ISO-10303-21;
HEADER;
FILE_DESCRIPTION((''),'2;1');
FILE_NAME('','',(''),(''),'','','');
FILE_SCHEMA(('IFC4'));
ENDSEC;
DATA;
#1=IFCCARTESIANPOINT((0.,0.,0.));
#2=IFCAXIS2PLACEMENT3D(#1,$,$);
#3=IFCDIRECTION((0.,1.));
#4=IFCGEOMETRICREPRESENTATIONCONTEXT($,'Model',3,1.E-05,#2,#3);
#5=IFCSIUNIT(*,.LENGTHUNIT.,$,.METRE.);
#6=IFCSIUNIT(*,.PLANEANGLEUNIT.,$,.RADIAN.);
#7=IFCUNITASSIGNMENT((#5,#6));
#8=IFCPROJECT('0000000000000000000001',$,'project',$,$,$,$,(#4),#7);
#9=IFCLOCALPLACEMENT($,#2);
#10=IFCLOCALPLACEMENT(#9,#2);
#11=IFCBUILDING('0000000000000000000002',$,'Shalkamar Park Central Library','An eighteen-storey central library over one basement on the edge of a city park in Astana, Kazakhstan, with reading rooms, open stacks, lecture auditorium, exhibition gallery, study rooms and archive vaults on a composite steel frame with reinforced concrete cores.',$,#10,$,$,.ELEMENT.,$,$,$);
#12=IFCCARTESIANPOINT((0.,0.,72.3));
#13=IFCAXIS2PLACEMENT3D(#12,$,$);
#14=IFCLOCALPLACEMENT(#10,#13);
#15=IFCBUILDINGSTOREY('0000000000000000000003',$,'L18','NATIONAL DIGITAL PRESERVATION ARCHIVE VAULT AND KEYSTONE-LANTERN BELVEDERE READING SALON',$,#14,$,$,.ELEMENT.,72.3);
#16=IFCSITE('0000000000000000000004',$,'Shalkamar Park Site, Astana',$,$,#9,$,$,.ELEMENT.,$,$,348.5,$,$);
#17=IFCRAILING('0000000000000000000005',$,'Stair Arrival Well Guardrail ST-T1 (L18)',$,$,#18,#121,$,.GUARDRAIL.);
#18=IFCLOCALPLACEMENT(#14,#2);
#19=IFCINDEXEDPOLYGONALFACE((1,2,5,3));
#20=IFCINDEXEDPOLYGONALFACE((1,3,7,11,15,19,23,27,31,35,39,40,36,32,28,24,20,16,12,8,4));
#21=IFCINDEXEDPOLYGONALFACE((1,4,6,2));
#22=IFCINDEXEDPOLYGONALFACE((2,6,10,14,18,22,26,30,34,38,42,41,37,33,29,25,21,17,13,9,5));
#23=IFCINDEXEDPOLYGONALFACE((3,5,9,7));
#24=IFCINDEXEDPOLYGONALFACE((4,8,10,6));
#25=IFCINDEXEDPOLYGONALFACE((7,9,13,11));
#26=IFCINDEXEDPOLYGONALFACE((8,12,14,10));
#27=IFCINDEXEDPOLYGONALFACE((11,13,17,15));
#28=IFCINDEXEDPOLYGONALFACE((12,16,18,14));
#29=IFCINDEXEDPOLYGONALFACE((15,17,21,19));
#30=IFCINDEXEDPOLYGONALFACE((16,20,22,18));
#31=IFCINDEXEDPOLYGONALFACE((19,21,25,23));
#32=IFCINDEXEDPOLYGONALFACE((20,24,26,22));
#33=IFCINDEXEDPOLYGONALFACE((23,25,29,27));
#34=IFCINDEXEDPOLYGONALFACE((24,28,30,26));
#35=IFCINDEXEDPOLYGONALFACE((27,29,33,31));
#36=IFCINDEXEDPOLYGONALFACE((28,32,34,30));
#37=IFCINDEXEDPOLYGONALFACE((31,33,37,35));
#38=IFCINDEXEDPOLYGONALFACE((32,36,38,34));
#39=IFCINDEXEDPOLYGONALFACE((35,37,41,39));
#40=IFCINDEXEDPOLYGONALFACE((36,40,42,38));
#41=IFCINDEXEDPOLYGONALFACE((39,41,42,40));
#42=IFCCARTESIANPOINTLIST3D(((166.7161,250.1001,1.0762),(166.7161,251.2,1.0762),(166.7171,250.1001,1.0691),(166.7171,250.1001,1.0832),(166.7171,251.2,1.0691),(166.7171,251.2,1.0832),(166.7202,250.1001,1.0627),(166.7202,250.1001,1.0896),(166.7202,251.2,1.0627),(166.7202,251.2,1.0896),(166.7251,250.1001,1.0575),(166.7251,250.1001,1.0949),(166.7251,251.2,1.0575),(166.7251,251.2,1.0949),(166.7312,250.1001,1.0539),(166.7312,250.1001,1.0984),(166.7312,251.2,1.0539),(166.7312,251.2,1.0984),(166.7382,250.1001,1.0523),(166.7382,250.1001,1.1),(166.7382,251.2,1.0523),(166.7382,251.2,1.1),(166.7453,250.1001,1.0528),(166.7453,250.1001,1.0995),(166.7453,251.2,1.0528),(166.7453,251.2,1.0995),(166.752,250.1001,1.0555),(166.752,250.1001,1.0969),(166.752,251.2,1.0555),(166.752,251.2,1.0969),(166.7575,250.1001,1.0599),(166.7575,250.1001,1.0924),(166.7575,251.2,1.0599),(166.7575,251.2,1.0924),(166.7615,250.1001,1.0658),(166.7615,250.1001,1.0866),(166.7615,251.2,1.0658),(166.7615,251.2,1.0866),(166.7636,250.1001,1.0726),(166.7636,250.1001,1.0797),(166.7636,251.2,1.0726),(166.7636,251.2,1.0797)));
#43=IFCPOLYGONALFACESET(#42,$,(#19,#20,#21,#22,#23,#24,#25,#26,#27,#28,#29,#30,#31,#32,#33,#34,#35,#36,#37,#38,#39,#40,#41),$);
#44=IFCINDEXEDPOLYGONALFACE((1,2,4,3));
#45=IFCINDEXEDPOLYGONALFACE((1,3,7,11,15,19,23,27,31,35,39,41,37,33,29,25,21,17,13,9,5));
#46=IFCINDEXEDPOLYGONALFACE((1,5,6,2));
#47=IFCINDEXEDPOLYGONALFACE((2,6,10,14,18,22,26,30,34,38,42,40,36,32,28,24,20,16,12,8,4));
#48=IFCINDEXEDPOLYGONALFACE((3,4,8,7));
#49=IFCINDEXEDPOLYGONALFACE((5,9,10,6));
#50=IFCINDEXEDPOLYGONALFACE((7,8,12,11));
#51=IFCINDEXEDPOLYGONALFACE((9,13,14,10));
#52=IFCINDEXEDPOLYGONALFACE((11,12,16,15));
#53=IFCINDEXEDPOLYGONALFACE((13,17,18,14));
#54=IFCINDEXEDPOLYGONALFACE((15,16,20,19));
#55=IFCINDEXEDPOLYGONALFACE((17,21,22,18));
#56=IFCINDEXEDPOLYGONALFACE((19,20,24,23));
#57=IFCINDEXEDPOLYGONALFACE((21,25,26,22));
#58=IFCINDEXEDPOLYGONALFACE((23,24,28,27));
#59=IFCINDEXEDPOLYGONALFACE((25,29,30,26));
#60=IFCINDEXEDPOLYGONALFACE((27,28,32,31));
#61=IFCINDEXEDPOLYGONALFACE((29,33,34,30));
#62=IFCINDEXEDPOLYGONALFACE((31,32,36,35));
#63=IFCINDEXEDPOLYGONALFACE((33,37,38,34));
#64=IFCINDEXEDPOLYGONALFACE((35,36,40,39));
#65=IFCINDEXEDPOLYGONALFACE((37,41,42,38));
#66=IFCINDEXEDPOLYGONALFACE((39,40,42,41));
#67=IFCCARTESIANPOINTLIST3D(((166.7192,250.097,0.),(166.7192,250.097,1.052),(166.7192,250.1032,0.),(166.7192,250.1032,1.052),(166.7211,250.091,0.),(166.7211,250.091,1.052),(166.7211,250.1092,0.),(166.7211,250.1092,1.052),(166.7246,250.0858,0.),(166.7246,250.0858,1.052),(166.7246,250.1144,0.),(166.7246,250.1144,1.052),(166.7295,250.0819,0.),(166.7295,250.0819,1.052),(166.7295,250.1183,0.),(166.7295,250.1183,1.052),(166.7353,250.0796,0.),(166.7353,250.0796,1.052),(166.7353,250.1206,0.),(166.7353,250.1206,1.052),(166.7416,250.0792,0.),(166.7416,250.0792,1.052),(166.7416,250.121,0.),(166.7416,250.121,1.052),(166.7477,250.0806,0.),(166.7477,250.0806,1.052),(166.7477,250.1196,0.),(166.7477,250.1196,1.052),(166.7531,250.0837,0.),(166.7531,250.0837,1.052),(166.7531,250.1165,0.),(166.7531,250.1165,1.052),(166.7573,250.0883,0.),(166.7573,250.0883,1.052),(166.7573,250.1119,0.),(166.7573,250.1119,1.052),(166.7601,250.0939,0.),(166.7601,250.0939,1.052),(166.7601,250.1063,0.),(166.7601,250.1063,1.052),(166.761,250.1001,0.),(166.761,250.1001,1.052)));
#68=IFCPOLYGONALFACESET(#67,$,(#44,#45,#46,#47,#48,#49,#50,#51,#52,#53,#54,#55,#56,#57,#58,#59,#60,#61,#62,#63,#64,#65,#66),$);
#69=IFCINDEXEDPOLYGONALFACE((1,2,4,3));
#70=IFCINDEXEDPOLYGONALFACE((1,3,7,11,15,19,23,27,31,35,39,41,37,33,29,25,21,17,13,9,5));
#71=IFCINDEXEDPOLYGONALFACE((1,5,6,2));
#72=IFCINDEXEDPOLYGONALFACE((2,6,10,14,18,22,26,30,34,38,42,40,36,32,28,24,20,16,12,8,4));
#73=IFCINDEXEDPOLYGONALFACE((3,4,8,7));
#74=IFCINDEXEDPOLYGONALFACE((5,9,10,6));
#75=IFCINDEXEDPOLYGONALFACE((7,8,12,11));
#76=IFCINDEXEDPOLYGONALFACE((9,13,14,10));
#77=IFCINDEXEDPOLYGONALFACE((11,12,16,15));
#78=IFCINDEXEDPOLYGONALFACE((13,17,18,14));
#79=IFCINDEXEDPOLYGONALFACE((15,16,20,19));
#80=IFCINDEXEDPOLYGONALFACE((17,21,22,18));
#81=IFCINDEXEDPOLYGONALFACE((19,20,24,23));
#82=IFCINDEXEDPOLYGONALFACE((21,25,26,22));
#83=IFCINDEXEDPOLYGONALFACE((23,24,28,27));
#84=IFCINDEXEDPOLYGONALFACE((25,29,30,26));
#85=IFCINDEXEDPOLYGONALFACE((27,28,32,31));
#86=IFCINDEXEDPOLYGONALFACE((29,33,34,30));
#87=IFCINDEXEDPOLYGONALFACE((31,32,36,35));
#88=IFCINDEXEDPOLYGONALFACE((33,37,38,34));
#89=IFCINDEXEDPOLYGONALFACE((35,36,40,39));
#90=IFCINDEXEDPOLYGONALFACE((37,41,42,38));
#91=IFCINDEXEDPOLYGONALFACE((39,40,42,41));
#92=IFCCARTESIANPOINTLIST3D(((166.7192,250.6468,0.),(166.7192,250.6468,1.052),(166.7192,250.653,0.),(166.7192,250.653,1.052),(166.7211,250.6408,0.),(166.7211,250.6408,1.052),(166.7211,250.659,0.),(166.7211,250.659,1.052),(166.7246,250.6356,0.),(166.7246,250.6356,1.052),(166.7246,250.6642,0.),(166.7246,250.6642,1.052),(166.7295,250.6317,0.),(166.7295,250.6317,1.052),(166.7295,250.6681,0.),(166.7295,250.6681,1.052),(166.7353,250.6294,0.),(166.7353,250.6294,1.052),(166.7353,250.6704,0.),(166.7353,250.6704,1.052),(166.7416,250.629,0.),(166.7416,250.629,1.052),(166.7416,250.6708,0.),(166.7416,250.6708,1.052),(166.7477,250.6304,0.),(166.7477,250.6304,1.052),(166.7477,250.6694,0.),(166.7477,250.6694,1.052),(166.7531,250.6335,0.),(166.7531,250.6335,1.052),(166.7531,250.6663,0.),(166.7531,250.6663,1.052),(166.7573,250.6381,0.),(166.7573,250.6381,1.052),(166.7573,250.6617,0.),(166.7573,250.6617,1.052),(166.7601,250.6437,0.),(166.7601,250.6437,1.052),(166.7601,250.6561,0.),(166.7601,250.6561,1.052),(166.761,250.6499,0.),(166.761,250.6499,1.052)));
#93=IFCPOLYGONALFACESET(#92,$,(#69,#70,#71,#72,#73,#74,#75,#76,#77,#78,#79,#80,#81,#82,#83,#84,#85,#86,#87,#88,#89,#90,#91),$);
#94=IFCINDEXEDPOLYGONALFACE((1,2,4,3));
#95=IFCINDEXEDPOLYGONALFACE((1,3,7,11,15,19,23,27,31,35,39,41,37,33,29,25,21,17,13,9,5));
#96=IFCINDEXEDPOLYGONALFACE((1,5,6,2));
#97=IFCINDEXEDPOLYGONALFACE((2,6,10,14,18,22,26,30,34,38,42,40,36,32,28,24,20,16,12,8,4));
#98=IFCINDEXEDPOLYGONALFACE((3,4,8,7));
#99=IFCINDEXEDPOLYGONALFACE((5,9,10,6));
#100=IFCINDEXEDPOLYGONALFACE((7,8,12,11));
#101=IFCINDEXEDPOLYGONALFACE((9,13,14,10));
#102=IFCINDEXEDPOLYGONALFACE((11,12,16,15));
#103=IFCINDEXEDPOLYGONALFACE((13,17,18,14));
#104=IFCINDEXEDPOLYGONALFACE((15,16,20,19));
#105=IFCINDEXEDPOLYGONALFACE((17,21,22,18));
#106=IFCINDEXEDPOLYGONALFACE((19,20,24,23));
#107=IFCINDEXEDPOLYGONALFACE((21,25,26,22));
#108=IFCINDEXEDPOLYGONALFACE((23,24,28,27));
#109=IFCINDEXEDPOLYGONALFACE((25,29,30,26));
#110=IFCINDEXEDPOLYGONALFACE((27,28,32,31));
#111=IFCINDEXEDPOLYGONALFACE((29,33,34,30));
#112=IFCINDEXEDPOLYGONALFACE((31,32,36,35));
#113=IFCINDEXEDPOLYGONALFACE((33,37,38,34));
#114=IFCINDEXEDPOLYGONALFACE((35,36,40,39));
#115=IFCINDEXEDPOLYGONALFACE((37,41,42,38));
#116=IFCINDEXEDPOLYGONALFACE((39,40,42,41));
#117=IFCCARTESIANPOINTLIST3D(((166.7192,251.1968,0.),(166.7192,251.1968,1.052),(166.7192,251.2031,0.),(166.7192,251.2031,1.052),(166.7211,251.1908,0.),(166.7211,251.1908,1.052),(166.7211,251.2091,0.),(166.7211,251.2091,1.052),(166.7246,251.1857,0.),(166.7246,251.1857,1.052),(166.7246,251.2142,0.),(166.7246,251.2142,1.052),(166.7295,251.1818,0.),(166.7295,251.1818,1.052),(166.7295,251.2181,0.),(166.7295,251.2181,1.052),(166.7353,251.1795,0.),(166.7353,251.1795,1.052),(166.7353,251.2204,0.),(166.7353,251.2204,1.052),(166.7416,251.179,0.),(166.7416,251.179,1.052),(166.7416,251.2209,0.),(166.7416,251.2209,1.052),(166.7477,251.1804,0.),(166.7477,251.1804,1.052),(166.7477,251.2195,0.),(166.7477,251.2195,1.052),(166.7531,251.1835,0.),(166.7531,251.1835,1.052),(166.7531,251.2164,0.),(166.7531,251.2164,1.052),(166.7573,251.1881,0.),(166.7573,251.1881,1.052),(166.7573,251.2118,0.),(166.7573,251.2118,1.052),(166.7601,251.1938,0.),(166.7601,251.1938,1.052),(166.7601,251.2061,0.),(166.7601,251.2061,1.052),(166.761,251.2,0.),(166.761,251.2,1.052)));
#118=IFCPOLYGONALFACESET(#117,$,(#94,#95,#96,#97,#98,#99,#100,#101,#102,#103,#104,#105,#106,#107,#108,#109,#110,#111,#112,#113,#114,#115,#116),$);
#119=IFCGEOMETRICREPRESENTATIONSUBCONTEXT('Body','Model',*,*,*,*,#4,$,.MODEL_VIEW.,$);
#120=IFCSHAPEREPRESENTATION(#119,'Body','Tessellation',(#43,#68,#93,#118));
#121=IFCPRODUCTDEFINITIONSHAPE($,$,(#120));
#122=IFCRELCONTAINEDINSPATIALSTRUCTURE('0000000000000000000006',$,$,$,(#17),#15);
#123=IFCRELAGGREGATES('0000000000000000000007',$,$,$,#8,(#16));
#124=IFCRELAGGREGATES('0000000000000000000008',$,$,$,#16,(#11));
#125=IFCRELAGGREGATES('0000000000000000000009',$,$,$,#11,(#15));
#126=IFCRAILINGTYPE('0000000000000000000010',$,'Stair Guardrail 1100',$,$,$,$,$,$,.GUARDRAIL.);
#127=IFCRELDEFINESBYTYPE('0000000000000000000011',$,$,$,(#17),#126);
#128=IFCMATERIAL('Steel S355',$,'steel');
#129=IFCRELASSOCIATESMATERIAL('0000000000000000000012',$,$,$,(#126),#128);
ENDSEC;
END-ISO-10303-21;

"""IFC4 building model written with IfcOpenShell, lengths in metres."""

from ifc_helpers import new_model, si_unit, direction, frame, origin, origin_2d, place, context, subcontext, project, spatial, circle, extrude, material, type_object, element, save


model = new_model("IFC4")

# Units and contexts
model_context = context("Model", 3, precision=1e-05, world=origin(), true_north=direction((0.0, 1.0)))
body_context = subcontext(model_context, "Body", "Model", "MODEL_VIEW")
ifc_project = project(units=[si_unit("LENGTHUNIT", "METRE"), si_unit("PLANEANGLEUNIT", "RADIAN")], contexts=[model_context])

# Site, building, storey
site_placement = place(None, origin())
site = spatial("IfcSite", under=ifc_project, at=site_placement, Name="Shalkamar Park Site, Astana", CompositionType="ELEMENT", RefElevation=348.5)
building_placement = place(site_placement, origin())
building = spatial("IfcBuilding", under=site, at=building_placement, Name="Shalkamar Park Central Library", Description="An eighteen-storey central library over one basement on the edge of a city park in Astana, Kazakhstan, with reading rooms, open stacks, lecture auditorium, exhibition gallery, study rooms and archive vaults on a composite steel frame with reinforced concrete cores.", CompositionType="ELEMENT")
storey_placement = place(building_placement, frame((0.0, 0.0, 72.3)))
storey = spatial("IfcBuildingStorey", under=building, at=storey_placement, Name="L18", Description="NATIONAL DIGITAL PRESERVATION ARCHIVE VAULT AND KEYSTONE-LANTERN BELVEDERE READING SALON", CompositionType="ELEMENT", Elevation=72.3)

# Shared definitions
ifc_material_1 = material(Name="Steel S355", Category="steel")

# Railing
railing_type_1 = type_object("IfcRailingType", Name="Stair Guardrail 1100", PredefinedType="GUARDRAIL", material=ifc_material_1)
railing_1_placement = place(storey_placement, frame((166.74, 250.1001, 0.0)))
element("IfcRailing", 1, at=railing_1_placement, inside=storey, type_object=railing_type_1, Name="Stair Arrival Well Guardrail ST-T1 (L18)", PredefinedType="GUARDRAIL", context=body_context, shape_type="SweptSolid", body=[
    extrude(circle(Radius=0.0239, at=origin_2d()), frame((0.0, 0.0, 1.0762), z_axis=(0.0, 1.0, 0.0), x_axis=(-1.0, 0.0, 0.0)), (0.0, 0.0, 1.0), 1.0999),
    extrude(circle(Radius=0.021, at=origin_2d()), origin(), (0.0, 0.0, 1.0), 1.052),
    extrude(circle(Radius=0.021, at=origin_2d()), frame((0.0, 0.5498, 0.0)), (0.0, 0.0, 1.0), 1.052),
    extrude(circle(Radius=0.021, at=origin_2d()), frame((0.0, 1.0999, 0.0)), (0.0, 0.0, 1.0), 1.052),
])

save(model, "model.ifc")
